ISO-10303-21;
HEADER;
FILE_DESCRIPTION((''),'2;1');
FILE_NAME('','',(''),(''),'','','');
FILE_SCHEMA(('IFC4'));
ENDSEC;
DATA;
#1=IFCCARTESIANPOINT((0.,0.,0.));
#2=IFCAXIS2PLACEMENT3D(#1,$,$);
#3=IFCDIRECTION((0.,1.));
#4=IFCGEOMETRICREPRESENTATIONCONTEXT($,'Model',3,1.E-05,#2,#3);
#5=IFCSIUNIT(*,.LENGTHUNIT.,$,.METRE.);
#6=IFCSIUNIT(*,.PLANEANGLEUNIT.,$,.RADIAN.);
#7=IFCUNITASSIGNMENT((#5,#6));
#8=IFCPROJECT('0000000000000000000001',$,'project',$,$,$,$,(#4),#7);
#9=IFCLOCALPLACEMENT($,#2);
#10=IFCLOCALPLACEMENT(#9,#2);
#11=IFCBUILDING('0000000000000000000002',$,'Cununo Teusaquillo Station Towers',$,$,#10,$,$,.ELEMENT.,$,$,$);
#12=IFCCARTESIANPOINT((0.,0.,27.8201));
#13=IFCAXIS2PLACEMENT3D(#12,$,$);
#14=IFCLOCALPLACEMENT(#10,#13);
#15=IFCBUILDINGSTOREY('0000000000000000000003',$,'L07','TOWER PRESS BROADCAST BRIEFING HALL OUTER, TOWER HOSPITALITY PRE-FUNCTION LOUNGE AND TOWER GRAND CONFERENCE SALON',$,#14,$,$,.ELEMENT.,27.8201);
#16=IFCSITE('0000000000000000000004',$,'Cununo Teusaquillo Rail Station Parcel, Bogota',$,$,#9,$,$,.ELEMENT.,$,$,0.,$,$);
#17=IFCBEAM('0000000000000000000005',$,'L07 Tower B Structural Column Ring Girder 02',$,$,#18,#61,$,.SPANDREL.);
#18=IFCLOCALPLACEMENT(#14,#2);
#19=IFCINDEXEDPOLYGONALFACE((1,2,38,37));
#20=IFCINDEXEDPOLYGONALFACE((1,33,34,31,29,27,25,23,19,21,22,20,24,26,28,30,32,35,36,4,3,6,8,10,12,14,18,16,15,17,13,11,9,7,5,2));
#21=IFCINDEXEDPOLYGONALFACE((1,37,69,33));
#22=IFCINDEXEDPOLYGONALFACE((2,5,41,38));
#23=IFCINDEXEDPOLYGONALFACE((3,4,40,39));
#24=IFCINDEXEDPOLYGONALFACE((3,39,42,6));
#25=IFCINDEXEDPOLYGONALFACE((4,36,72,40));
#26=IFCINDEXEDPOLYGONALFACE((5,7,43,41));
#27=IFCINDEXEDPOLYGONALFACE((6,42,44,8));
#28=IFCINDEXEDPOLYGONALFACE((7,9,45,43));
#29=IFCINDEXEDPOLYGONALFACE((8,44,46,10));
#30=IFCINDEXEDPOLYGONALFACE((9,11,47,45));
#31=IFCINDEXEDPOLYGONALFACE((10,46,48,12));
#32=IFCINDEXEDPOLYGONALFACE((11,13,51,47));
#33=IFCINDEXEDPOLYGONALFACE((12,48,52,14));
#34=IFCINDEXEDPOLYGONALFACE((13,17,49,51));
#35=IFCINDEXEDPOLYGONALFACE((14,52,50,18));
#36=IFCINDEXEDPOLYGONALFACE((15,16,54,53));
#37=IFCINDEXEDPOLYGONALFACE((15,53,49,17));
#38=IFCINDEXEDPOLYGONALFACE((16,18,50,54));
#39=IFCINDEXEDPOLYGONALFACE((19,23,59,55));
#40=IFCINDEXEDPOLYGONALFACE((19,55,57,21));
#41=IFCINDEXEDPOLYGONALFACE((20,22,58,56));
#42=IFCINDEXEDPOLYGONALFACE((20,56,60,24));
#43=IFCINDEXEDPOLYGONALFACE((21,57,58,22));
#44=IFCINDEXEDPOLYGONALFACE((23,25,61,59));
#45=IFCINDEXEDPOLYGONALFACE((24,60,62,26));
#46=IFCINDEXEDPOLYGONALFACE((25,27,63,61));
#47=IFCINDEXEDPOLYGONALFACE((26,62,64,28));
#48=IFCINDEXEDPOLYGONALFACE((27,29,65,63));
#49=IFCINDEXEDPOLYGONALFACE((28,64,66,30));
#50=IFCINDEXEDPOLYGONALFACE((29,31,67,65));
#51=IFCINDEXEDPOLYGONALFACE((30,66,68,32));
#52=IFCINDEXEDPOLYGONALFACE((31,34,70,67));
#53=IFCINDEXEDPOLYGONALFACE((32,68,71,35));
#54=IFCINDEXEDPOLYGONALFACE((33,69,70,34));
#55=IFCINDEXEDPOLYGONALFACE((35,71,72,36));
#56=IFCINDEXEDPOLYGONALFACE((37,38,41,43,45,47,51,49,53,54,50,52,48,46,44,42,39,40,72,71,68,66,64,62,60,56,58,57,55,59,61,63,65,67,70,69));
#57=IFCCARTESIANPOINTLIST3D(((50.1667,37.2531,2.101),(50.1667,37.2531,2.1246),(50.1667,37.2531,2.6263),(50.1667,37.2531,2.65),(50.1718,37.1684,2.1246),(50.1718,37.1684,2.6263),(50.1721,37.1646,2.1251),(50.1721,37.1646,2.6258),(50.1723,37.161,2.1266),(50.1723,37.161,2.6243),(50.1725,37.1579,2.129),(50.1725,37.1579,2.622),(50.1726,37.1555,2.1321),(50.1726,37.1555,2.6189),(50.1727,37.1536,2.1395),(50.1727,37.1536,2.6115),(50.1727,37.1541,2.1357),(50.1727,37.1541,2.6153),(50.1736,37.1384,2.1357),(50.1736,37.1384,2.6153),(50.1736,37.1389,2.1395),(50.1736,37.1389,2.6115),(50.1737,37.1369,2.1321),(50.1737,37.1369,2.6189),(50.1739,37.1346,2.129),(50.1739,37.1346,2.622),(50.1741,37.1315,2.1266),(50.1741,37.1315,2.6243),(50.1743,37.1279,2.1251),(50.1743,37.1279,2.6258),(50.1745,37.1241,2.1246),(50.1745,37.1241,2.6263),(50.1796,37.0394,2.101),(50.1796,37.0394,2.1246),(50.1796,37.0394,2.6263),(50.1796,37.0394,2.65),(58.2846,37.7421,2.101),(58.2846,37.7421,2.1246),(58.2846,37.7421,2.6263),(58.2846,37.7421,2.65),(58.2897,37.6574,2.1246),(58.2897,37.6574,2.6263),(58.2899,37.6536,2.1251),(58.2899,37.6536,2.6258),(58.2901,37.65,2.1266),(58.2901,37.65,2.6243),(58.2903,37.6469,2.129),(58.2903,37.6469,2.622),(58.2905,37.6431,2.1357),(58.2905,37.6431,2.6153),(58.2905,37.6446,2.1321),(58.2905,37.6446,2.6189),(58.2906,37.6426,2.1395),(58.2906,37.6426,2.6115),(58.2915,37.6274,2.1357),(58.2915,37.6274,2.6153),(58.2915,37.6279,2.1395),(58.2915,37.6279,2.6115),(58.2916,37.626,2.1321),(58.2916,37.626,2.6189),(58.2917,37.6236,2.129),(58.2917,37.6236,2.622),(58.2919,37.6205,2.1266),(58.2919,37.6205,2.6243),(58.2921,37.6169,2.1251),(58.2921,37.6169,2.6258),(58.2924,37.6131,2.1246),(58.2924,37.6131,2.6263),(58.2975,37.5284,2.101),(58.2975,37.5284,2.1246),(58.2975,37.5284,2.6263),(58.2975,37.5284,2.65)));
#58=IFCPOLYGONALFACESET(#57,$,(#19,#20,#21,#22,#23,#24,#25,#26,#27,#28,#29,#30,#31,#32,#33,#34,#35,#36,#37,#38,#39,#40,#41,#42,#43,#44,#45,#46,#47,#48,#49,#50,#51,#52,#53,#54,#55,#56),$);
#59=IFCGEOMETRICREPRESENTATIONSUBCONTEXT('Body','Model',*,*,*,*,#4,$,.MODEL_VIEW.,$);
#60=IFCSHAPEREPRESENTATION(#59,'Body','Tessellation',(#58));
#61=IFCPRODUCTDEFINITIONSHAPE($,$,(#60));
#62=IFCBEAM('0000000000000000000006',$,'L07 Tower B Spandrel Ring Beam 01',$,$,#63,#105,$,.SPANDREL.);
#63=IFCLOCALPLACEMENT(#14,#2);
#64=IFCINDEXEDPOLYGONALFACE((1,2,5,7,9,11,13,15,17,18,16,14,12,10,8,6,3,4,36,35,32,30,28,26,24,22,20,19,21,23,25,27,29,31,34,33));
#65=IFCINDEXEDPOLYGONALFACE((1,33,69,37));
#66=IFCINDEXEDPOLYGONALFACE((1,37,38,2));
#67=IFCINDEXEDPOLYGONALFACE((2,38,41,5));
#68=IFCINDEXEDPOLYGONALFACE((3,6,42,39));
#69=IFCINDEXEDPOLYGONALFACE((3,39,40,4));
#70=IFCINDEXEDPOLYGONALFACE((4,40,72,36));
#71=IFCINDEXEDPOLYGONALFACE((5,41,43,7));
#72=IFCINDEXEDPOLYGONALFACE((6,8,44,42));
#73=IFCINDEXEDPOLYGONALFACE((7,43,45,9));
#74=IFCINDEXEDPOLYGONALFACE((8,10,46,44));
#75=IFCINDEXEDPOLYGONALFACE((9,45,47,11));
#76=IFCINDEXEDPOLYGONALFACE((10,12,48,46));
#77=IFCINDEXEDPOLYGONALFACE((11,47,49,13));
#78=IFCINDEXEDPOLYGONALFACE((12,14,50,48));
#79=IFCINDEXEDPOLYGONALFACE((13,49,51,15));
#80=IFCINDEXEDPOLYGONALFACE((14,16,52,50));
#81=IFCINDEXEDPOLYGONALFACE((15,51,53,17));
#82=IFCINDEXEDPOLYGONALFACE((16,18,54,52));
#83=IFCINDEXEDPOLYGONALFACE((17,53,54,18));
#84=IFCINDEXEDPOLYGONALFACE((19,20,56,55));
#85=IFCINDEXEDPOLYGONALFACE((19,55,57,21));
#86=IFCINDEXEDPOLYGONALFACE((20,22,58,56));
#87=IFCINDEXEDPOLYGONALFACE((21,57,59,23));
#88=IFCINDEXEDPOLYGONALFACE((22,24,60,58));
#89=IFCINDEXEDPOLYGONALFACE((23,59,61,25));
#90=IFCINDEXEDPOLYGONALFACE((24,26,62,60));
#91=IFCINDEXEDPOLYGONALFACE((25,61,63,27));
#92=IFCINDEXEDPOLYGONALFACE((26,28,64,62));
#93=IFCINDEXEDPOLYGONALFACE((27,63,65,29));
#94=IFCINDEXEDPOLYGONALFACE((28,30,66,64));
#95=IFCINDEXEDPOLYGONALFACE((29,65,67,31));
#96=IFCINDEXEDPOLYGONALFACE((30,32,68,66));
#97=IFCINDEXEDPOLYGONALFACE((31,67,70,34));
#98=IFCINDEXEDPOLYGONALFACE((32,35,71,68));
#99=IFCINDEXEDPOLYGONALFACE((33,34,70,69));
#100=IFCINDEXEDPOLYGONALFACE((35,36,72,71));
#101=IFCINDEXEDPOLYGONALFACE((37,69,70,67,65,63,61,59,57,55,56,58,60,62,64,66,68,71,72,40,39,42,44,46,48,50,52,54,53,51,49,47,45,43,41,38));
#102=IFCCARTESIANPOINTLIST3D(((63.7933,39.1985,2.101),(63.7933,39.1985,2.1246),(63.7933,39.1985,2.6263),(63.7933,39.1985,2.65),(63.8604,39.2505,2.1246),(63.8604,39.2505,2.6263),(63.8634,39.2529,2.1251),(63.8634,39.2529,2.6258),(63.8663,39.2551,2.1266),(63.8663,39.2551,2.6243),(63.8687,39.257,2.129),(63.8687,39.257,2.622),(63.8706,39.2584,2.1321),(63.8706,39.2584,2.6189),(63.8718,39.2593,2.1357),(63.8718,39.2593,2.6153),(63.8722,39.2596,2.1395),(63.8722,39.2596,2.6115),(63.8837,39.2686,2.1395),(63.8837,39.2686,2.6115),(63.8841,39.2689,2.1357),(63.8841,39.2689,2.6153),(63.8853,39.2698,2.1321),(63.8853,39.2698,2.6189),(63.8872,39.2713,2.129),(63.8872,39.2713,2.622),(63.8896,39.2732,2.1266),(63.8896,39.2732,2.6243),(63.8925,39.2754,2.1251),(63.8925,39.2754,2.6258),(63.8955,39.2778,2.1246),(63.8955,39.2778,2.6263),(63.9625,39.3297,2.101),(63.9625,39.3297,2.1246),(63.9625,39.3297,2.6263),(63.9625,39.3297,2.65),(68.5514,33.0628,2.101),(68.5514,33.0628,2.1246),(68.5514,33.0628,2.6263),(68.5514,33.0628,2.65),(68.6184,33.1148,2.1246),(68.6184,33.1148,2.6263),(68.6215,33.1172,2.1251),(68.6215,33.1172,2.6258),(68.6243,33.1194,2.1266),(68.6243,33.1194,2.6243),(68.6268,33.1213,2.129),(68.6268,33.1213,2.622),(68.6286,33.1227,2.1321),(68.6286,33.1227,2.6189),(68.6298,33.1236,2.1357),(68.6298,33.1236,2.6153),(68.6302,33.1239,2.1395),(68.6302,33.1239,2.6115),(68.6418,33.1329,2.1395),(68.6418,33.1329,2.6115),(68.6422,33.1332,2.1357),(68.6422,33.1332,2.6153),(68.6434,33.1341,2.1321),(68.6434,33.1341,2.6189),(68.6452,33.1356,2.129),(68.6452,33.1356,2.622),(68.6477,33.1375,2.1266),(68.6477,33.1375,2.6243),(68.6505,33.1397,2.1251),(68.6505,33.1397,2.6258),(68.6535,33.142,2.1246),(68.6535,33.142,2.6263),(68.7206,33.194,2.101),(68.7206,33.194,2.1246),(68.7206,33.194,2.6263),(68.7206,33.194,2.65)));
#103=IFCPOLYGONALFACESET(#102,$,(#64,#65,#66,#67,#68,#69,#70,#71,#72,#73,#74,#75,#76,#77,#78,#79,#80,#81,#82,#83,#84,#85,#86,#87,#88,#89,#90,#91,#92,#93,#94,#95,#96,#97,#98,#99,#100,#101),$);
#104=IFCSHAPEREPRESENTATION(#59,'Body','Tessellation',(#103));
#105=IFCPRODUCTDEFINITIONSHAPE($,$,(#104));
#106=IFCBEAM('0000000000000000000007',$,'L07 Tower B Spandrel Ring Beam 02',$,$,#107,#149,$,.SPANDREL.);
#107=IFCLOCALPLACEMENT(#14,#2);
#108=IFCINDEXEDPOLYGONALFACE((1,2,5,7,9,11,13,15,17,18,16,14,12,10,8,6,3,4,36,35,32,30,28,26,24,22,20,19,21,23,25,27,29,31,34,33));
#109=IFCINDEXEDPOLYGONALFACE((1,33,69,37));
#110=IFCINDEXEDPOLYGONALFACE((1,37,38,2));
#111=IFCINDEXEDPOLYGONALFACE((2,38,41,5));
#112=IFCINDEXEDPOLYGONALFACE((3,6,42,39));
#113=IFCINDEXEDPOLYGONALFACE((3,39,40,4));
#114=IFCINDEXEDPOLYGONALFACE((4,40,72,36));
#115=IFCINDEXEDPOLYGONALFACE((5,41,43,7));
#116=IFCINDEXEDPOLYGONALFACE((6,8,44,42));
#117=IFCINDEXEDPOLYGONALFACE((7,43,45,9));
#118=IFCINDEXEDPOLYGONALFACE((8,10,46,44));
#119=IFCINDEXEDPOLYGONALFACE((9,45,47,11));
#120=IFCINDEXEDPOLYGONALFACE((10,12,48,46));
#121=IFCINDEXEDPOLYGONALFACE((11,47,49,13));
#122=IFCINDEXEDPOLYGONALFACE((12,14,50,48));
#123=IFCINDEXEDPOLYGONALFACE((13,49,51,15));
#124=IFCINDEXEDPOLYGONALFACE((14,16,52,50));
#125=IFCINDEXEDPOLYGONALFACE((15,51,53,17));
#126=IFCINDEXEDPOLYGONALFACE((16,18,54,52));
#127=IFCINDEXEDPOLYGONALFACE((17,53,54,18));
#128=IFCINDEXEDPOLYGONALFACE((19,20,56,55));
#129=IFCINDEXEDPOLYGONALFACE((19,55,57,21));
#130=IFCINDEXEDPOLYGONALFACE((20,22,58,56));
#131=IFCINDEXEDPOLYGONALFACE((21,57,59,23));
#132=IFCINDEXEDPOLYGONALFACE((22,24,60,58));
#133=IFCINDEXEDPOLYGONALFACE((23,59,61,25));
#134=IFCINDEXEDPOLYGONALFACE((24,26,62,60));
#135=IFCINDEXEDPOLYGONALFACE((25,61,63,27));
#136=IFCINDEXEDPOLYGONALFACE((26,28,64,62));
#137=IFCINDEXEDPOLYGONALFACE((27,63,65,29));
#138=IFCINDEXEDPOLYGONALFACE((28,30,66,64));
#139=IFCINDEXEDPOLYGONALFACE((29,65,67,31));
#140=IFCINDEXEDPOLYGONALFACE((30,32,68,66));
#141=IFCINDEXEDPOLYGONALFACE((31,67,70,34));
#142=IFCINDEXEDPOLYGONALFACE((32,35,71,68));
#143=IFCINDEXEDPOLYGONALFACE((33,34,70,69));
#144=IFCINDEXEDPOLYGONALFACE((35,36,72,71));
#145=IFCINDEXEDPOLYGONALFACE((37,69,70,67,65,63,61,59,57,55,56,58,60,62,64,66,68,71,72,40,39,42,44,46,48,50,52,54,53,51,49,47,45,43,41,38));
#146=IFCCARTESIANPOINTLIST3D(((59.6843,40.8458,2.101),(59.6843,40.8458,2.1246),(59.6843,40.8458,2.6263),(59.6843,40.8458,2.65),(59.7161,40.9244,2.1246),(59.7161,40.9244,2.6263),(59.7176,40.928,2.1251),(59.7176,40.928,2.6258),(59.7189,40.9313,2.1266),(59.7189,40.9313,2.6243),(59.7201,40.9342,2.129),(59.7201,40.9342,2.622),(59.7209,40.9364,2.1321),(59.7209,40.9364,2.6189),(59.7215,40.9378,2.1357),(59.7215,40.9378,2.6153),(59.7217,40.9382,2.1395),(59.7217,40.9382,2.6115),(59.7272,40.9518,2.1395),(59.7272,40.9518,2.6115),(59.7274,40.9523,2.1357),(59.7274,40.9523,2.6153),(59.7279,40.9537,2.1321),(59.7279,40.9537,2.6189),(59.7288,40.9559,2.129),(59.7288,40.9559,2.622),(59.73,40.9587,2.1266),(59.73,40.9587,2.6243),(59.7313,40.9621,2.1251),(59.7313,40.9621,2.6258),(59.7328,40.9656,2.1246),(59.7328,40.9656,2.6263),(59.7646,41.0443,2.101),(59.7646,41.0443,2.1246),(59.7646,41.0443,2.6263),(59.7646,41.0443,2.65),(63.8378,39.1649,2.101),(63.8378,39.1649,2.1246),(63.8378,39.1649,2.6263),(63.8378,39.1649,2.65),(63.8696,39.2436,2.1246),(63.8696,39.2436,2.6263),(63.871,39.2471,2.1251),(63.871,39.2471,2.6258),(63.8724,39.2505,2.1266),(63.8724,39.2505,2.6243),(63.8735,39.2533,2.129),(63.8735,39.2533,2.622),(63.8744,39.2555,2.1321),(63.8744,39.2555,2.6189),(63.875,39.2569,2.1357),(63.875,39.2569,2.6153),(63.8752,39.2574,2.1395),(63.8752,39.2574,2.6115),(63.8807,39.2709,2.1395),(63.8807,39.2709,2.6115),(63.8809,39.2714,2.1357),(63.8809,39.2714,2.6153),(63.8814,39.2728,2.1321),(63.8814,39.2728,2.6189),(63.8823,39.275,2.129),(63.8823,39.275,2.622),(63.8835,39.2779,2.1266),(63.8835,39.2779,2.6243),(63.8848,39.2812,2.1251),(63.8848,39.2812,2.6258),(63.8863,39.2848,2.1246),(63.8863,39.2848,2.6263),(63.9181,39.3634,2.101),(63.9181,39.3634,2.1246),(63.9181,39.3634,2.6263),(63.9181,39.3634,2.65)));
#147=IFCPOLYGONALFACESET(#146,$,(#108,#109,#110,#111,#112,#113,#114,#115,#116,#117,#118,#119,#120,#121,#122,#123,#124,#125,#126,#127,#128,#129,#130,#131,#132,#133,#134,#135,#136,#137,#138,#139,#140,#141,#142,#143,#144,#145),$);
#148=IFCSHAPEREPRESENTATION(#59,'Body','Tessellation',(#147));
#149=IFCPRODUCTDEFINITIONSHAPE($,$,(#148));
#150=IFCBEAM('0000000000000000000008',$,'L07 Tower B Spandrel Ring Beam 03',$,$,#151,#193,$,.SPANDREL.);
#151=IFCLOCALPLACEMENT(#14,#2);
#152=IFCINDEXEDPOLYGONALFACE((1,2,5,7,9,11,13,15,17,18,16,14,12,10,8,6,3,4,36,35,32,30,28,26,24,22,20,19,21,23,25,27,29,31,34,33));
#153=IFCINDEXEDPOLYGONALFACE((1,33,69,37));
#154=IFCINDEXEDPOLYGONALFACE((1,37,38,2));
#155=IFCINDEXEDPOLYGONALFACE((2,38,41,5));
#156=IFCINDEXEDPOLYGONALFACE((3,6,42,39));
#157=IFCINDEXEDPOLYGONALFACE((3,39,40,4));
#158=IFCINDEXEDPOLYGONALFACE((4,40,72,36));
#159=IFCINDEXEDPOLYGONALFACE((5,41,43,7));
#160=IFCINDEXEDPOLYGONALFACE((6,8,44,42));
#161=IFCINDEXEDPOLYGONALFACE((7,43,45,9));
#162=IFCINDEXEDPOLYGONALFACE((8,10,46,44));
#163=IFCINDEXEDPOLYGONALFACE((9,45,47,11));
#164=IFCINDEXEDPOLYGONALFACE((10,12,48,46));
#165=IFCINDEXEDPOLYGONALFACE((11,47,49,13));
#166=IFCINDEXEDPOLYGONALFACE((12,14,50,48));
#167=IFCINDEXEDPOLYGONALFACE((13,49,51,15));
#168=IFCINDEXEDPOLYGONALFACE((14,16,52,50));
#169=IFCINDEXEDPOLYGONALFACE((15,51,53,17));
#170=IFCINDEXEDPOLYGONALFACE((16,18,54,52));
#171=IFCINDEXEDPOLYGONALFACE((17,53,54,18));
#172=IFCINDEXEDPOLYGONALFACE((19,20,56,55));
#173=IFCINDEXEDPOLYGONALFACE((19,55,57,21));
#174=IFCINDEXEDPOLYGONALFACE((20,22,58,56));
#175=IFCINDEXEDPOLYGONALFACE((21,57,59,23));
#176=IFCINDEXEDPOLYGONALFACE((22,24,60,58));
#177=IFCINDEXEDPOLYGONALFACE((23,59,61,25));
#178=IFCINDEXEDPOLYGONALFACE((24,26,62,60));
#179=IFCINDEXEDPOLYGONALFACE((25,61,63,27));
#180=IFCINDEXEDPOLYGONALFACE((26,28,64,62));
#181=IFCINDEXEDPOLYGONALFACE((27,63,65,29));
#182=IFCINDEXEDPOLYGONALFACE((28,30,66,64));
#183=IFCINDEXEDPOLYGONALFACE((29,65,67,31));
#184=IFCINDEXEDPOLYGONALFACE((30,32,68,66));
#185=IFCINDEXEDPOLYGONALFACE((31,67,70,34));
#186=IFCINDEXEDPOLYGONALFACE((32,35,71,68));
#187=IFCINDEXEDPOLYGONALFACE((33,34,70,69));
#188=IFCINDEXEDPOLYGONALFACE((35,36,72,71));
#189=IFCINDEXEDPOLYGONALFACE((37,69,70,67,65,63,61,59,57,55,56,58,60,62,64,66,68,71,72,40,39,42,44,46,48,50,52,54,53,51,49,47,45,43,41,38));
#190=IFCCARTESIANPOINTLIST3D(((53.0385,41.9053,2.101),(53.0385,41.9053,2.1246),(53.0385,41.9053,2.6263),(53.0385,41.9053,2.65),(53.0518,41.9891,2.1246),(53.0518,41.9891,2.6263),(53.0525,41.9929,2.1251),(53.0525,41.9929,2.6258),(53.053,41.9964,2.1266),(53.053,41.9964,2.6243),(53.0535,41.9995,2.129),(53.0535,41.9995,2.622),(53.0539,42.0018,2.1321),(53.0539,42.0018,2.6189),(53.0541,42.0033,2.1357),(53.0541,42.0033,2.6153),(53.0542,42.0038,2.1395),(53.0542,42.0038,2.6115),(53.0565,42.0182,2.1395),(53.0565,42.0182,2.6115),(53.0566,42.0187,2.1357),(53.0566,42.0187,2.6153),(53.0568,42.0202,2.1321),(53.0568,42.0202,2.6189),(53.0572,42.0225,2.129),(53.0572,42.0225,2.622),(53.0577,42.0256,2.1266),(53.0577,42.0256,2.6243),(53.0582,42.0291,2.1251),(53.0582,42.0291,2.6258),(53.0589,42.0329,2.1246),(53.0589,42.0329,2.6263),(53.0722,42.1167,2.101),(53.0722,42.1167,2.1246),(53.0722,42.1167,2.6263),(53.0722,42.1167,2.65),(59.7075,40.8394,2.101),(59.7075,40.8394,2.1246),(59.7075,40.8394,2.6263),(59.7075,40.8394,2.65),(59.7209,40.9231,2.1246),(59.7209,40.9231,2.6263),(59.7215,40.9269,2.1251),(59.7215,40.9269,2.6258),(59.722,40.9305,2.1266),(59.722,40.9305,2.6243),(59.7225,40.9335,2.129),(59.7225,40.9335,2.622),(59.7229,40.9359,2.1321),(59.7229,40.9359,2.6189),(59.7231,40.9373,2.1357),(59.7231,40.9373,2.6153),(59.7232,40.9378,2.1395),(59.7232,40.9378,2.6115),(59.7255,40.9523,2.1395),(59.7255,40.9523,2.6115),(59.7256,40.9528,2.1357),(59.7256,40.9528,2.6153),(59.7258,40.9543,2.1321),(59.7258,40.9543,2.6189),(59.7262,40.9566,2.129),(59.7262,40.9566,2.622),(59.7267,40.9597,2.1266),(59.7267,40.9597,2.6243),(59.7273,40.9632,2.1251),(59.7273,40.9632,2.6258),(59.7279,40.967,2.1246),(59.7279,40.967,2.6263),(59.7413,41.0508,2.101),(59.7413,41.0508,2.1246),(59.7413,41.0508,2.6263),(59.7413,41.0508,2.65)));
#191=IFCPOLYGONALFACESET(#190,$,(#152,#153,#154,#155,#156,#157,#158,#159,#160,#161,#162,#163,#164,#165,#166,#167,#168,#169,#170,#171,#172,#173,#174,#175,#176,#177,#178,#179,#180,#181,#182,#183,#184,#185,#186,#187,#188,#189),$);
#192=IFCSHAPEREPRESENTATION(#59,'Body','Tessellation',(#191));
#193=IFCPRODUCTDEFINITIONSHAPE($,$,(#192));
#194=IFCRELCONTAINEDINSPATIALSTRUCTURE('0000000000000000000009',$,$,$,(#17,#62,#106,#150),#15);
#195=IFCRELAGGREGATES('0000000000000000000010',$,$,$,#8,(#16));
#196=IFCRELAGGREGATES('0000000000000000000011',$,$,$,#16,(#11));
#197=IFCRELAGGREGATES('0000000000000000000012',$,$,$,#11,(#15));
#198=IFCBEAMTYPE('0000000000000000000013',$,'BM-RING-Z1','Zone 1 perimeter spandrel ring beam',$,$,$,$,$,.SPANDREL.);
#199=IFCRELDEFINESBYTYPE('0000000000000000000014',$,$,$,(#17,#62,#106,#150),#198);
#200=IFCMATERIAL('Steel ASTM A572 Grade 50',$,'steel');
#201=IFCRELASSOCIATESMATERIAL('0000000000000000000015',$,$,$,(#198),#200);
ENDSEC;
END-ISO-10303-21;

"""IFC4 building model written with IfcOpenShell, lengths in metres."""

from ifc_helpers import new_model, si_unit, direction, frame, origin, origin_2d, place, context, subcontext, project, spatial, i_section, extrude, material, material_profile, profile_set, type_object, element, save


model = new_model("IFC4")

# Units and contexts
model_context = context("Model", 3, precision=1e-05, world=origin(), true_north=direction((0.0, 1.0)))
body_context = subcontext(model_context, "Body", "Model", "MODEL_VIEW")
ifc_project = project(units=[si_unit("LENGTHUNIT", "METRE"), si_unit("PLANEANGLEUNIT", "RADIAN")], contexts=[model_context])

# Site, building, storey
site_placement = place(None, origin())
site = spatial("IfcSite", under=ifc_project, at=site_placement, Name="Cununo Teusaquillo Rail Station Parcel, Bogota", CompositionType="ELEMENT", RefElevation=0.0)
building_placement = place(site_placement, origin())
building = spatial("IfcBuilding", under=site, at=building_placement, Name="Cununo Teusaquillo Station Towers", CompositionType="ELEMENT")
storey_placement = place(building_placement, frame((0.0, 0.0, 27.8201)))
storey = spatial("IfcBuildingStorey", under=building, at=storey_placement, Name="L07", Description="TOWER PRESS BROADCAST BRIEFING HALL OUTER, TOWER HOSPITALITY PRE-FUNCTION LOUNGE AND TOWER GRAND CONFERENCE SALON", CompositionType="ELEMENT", Elevation=27.8201)

# Beams
ifc_material_1 = material(Name="Steel ASTM A572 Grade 50", Category="steel")
ifc_material_profile_1 = material_profile(ifc_material_1, i_section(OverallWidth=0.2141, OverallDepth=0.5491, WebThickness=0.0146, FlangeThickness=0.0237, FilletRadius=0.0149, at=origin_2d()), Name="W21X93")
ifc_profile_set_1 = profile_set([ifc_material_profile_1], Name="Steel ASTM A572 Grade 50")
beam_type_1 = type_object("IfcBeamType", Name="BM-RING-Z1", Description="Zone 1 perimeter spandrel ring beam", PredefinedType="SPANDREL", material=ifc_profile_set_1)
beam_1_placement = place(storey_placement, frame((58.291, 37.6353, 2.3755), z_axis=(-0.998191, -0.06013, 0.0), x_axis=(0.06013, -0.998191, 0.0)))
element("IfcBeam", 1, at=beam_1_placement, inside=storey, type_object=beam_type_1, Name="L07 Tower B Structural Column Ring Girder 02", PredefinedType="SPANDREL", context=body_context, shape_type="SweptSolid", body=[
    extrude(i_section(OverallWidth=0.2141, OverallDepth=0.5491, WebThickness=0.0146, FlangeThickness=0.0237, FilletRadius=0.0149, at=origin_2d()), origin(), (0.0, 0.0, 1.0), 8.1326),
])
beam_2_placement = place(storey_placement, frame((68.636, 33.1284, 2.3755), z_axis=(-0.612801, 0.790237, 0.0), x_axis=(-0.790237, -0.612801, 0.0)))
element("IfcBeam", 2, at=beam_2_placement, inside=storey, type_object=beam_type_1, Name="L07 Tower B Spandrel Ring Beam 01", PredefinedType="SPANDREL", context=body_context, shape_type="SweptSolid", body=[
    extrude(i_section(OverallWidth=0.2141, OverallDepth=0.5491, WebThickness=0.0146, FlangeThickness=0.0237, FilletRadius=0.0149, at=origin_2d()), origin(), (0.0, 0.0, 1.0), 7.7644),
])
beam_3_placement = place(storey_placement, frame((63.8779, 39.2642, 2.3755), z_axis=(-0.92697, 0.375136, 0.0), x_axis=(-0.375136, -0.92697, 0.0)))
element("IfcBeam", 3, at=beam_3_placement, inside=storey, type_object=beam_type_1, Name="L07 Tower B Spandrel Ring Beam 02", PredefinedType="SPANDREL", context=body_context, shape_type="SweptSolid", body=[
    extrude(i_section(OverallWidth=0.2141, OverallDepth=0.5491, WebThickness=0.0146, FlangeThickness=0.0237, FilletRadius=0.0149, at=origin_2d()), origin(), (0.0, 0.0, 1.0), 4.4807),
])
beam_4_placement = place(storey_placement, frame((59.7244, 40.9451, 2.3755), z_axis=(-0.987466, 0.15783, 0.0), x_axis=(-0.15783, -0.987466, 0.0)))
element("IfcBeam", 4, at=beam_4_placement, inside=storey, type_object=beam_type_1, Name="L07 Tower B Spandrel Ring Beam 03", PredefinedType="SPANDREL", context=body_context, shape_type="SweptSolid", body=[
    extrude(i_section(OverallWidth=0.2141, OverallDepth=0.5491, WebThickness=0.0146, FlangeThickness=0.0237, FilletRadius=0.0149, at=origin_2d()), origin(), (0.0, 0.0, 1.0), 6.7537),
])

save(model, "model.ifc")
